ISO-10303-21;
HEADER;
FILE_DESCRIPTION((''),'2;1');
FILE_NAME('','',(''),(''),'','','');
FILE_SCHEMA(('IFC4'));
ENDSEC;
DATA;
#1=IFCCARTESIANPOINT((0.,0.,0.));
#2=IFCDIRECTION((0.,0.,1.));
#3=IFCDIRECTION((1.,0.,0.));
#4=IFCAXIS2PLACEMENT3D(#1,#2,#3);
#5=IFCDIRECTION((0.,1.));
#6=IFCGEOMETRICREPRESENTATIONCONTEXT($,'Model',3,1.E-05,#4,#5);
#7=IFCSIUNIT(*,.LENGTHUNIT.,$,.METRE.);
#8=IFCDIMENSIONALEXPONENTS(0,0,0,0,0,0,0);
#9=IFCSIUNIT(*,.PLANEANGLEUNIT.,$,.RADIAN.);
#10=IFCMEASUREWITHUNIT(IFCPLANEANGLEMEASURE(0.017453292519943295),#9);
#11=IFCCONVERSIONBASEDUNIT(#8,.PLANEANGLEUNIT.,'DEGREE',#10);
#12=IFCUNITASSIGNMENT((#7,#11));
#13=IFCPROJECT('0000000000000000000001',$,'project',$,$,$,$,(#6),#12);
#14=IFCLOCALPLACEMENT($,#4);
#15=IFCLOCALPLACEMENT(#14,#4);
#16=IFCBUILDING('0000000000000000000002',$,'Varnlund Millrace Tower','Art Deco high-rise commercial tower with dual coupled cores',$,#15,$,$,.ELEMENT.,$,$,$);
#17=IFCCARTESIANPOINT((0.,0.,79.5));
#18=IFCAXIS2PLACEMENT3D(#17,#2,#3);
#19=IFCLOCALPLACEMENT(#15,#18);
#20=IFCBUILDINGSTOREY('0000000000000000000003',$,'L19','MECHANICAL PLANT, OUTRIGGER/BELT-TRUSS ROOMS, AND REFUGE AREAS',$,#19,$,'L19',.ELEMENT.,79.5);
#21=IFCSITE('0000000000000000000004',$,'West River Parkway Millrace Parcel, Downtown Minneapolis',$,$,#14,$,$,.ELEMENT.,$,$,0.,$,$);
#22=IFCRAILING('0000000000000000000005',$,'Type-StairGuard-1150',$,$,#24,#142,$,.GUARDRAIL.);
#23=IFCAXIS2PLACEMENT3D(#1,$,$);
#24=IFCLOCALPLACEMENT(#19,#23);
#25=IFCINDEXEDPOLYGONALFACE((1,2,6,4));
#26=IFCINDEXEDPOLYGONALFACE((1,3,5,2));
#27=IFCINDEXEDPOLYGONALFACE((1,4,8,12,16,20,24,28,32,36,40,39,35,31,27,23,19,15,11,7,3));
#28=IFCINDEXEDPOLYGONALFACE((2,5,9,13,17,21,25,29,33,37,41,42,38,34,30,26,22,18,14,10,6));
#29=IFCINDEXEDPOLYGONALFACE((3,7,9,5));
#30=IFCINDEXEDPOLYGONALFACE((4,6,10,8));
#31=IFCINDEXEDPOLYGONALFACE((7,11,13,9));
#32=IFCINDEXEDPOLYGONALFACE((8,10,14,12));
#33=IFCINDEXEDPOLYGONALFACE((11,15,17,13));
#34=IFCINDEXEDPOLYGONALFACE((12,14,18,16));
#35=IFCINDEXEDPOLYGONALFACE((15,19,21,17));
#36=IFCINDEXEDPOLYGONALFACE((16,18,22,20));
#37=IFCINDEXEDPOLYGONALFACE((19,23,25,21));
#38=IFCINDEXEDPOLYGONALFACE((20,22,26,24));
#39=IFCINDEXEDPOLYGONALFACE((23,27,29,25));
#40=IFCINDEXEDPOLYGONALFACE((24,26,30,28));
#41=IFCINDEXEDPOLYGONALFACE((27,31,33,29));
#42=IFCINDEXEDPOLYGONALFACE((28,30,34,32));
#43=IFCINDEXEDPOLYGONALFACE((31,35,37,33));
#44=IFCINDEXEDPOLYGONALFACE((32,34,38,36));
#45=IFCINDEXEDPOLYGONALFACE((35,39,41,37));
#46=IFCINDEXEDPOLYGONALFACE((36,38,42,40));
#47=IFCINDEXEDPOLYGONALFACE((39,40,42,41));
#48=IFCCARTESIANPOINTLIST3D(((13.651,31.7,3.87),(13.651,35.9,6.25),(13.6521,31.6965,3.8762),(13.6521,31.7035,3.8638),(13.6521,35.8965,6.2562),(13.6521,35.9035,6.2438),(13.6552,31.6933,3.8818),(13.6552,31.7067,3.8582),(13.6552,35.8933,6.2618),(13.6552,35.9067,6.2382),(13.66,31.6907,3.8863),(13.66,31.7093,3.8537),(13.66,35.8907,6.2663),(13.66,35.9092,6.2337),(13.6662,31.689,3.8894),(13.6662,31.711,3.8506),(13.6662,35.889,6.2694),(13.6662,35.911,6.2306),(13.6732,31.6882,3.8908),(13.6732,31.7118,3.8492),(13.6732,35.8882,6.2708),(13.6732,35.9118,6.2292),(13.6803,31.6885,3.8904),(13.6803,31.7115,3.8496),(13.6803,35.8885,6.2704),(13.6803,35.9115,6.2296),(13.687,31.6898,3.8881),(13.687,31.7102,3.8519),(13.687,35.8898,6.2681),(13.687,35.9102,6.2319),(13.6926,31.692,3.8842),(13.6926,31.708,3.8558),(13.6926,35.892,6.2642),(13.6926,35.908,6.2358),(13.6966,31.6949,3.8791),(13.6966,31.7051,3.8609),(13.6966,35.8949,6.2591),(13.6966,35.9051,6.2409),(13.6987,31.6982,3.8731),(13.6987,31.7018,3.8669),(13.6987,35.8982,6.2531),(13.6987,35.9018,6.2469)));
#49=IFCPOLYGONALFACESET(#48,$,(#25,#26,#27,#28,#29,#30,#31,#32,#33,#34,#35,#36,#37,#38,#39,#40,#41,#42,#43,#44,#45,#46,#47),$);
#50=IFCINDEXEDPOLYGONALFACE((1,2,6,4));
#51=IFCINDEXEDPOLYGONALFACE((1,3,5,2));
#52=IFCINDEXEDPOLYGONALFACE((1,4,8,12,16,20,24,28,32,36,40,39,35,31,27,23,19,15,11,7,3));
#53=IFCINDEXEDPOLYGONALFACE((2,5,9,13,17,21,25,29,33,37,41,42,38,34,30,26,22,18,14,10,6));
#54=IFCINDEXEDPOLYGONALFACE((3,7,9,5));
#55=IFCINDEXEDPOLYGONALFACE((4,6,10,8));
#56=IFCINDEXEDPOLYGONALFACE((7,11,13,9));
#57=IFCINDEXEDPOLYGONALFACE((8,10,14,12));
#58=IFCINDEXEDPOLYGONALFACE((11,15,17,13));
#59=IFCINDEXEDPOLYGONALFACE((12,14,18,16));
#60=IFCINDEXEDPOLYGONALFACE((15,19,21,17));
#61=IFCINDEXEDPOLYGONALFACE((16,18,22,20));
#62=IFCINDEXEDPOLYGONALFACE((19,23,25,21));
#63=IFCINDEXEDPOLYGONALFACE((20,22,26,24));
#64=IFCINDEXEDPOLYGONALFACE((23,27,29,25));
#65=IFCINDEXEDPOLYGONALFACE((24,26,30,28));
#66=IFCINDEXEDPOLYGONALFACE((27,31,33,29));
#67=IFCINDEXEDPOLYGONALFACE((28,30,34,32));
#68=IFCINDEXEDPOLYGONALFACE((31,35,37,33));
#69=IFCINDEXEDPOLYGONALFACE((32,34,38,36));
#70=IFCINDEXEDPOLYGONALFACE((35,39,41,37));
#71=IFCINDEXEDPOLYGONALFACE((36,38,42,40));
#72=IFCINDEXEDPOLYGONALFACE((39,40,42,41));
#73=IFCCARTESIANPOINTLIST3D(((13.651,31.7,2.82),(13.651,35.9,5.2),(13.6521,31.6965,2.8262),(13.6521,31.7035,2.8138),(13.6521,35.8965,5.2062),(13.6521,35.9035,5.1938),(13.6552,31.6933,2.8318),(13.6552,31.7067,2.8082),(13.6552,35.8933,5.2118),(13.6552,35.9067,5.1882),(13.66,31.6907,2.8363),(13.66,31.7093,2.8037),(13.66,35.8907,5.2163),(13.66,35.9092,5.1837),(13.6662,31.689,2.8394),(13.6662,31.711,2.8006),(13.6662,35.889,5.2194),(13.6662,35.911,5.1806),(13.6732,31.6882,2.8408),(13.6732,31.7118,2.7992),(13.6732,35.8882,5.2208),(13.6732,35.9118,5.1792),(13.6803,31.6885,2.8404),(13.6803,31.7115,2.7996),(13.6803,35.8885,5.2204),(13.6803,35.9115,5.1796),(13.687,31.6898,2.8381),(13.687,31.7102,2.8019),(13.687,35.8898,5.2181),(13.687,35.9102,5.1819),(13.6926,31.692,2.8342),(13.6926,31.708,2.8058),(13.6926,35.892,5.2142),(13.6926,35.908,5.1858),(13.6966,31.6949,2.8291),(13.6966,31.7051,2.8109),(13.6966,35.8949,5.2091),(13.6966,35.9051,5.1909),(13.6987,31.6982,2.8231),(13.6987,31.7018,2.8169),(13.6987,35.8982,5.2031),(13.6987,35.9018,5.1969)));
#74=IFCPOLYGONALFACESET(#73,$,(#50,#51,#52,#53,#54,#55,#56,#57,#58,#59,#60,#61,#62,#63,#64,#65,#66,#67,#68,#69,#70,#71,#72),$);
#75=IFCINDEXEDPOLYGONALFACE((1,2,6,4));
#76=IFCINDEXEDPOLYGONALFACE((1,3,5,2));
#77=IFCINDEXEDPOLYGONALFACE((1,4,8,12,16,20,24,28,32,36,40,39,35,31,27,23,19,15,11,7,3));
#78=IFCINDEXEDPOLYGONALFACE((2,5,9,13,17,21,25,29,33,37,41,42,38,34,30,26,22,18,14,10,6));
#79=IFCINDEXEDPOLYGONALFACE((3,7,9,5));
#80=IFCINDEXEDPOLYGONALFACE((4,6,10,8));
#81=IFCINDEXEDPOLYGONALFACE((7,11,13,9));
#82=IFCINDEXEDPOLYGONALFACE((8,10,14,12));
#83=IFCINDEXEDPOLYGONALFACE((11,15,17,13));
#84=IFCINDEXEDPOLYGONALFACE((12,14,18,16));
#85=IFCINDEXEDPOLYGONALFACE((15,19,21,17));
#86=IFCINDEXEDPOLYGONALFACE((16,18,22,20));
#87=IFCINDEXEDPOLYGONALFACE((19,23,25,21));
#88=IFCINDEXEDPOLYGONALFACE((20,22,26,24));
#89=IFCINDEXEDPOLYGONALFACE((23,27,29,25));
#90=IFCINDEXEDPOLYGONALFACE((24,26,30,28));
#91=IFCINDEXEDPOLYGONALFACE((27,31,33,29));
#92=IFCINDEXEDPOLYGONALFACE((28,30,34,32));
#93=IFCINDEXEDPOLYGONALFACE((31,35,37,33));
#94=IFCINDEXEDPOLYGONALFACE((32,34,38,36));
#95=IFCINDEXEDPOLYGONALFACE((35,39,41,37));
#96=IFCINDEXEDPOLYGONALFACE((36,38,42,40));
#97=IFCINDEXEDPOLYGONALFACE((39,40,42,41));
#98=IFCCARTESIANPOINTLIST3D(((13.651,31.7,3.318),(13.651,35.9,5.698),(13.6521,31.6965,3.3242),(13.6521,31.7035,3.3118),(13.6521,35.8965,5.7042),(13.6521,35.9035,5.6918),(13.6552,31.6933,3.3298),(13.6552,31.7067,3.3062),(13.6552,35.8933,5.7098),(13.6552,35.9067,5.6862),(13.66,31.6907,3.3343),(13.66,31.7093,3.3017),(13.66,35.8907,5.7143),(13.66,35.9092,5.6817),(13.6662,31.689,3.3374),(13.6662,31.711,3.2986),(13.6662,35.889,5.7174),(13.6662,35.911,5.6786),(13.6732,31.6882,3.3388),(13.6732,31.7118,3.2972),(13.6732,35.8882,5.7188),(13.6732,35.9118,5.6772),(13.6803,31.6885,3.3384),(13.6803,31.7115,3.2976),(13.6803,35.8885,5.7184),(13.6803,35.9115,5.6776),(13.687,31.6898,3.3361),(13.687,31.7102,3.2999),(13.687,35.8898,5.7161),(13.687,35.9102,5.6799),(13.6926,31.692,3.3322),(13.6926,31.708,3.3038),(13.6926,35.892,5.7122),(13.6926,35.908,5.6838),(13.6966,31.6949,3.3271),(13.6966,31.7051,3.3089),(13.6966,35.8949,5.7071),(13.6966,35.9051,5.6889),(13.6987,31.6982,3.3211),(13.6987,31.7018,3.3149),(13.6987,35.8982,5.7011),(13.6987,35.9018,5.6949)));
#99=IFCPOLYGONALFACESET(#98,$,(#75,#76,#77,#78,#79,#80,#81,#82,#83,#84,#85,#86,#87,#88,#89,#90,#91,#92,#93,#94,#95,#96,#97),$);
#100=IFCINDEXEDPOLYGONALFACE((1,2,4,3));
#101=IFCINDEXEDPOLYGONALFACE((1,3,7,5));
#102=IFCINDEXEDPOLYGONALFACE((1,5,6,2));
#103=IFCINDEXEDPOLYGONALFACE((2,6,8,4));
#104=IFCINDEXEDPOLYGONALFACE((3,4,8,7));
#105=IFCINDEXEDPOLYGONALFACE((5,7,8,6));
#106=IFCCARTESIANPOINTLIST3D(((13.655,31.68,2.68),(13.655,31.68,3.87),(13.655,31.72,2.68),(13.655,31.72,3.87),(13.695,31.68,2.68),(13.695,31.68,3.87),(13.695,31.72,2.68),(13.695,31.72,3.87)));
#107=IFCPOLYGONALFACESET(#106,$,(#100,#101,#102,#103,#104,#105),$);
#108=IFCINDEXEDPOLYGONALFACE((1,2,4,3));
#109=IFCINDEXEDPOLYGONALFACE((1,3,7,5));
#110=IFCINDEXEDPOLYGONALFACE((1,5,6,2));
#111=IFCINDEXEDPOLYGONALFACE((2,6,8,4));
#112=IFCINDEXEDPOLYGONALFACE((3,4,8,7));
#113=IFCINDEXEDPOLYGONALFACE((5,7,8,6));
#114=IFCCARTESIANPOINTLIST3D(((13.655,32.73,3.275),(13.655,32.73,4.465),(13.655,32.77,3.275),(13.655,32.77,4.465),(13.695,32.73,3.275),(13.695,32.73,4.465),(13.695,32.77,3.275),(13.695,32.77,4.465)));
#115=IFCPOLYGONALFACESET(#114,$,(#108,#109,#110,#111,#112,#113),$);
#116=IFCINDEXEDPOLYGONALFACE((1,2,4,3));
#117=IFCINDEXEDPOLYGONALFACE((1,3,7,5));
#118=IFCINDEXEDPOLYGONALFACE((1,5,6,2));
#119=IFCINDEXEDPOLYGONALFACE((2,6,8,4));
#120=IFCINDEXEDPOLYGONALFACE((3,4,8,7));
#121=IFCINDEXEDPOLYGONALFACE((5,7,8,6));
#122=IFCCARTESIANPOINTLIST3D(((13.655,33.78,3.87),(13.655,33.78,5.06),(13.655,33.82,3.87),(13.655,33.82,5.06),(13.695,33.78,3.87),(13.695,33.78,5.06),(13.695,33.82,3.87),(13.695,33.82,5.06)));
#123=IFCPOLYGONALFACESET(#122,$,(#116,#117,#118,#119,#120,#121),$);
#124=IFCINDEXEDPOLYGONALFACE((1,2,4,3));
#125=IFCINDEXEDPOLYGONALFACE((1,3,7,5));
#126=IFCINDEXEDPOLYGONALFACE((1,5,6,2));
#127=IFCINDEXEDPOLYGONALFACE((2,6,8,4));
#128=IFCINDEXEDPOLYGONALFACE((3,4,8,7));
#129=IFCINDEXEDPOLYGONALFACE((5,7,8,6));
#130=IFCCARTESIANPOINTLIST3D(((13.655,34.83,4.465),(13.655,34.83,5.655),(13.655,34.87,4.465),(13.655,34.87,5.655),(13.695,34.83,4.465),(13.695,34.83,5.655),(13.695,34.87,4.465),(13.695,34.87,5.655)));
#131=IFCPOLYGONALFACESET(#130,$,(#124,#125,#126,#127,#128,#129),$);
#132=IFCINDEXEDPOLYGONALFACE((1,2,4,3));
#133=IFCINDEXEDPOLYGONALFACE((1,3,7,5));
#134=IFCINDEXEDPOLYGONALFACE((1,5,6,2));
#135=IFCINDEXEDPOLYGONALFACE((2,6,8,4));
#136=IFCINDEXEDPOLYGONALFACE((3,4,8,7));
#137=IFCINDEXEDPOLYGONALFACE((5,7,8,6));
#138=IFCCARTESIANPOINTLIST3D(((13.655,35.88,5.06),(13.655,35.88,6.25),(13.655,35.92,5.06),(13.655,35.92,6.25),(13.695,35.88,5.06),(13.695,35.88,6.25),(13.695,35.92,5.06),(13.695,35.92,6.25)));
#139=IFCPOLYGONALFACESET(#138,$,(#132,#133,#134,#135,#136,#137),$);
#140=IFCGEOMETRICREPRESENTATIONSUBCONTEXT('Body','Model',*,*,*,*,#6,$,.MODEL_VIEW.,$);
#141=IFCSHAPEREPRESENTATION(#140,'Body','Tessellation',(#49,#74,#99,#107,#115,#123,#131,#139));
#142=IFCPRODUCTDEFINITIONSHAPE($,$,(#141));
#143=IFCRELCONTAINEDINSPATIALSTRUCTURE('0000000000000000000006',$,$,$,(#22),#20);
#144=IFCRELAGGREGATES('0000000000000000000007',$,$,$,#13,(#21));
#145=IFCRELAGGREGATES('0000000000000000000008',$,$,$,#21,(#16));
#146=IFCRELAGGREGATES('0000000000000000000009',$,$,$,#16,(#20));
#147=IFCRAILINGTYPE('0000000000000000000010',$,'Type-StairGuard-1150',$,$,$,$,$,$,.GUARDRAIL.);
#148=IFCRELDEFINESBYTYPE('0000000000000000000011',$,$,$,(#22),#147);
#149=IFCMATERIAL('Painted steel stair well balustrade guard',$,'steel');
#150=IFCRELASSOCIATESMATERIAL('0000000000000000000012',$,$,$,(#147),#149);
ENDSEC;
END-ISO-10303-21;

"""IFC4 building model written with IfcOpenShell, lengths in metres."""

from ifc_helpers import new_model, entity, si_unit, converted_unit, direction, frame, origin_with_axes, origin_2d_with_axis, place, context, subcontext, project, spatial, rectangle, circle, extrude, material, type_object, element, save


model = new_model("IFC4")

# Units and contexts
model_context = context("Model", 3, precision=1e-05, world=origin_with_axes(), true_north=direction((0.0, 1.0)))
body_context = subcontext(model_context, "Body", "Model", "MODEL_VIEW")
ifc_project = project(units=[si_unit("LENGTHUNIT", "METRE"), converted_unit("PLANEANGLEUNIT", "DEGREE", entity("IfcPlaneAngleMeasure", 0.017453292519943295), si_unit("PLANEANGLEUNIT", "RADIAN"), dimensions=[0, 0, 0, 0, 0, 0, 0])], contexts=[model_context])

# Site, building, storey
site_placement = place(None, origin_with_axes())
site = spatial("IfcSite", under=ifc_project, at=site_placement, Name="West River Parkway Millrace Parcel, Downtown Minneapolis", CompositionType="ELEMENT", RefElevation=0.0)
building_placement = place(site_placement, origin_with_axes())
building = spatial("IfcBuilding", under=site, at=building_placement, Name="Varnlund Millrace Tower", Description="Art Deco high-rise commercial tower with dual coupled cores", CompositionType="ELEMENT")
storey_placement = place(building_placement, frame((0.0, 0.0, 79.5), z_axis=(0.0, 0.0, 1.0), x_axis=(1.0, 0.0, 0.0)))
storey = spatial("IfcBuildingStorey", under=building, at=storey_placement, Name="L19", Description="MECHANICAL PLANT, OUTRIGGER/BELT-TRUSS ROOMS, AND REFUGE AREAS", LongName="L19", CompositionType="ELEMENT", Elevation=79.5)

# Railing
ifc_material_1 = material(Name="Painted steel stair well balustrade guard", Category="steel")
railing_type_1 = type_object("IfcRailingType", Name="Type-StairGuard-1150", PredefinedType="GUARDRAIL", material=ifc_material_1)
railing_1_placement = place(storey_placement, frame((0.0, 0.0, -79.5), z_axis=(0.0, 0.0, 1.0), x_axis=(1.0, 0.0, 0.0)))
element("IfcRailing", 1, at=railing_1_placement, inside=storey, type_object=railing_type_1, Name="Type-StairGuard-1150", PredefinedType="GUARDRAIL", context=body_context, shape_type="SweptSolid", body=[
    extrude(circle(Radius=0.024, at=origin_2d_with_axis()), frame((13.675, 31.7, 83.37), z_axis=(0.0, 0.870022, 0.493013), x_axis=(-1.0, 0.0, 0.0)), (0.0, 0.0, 1.0), 4.8275),
    extrude(circle(Radius=0.024, at=origin_2d_with_axis()), frame((13.675, 31.7, 82.32), z_axis=(0.0, 0.870022, 0.493013), x_axis=(-1.0, 0.0, 0.0)), (0.0, 0.0, 1.0), 4.8275),
    extrude(circle(Radius=0.024, at=origin_2d_with_axis()), frame((13.675, 31.7, 82.818), z_axis=(0.0, 0.870022, 0.493013), x_axis=(-1.0, 0.0, 0.0)), (0.0, 0.0, 1.0), 4.8275),
    extrude(rectangle(XDim=0.04, YDim=0.04, at=origin_2d_with_axis()), frame((13.675, 31.7, 82.18), z_axis=(0.0, 0.0, 1.0), x_axis=(1.0, 0.0, 0.0)), (0.0, 0.0, 1.0), 1.19),
    extrude(rectangle(XDim=0.04, YDim=0.04, at=origin_2d_with_axis()), frame((13.675, 32.75, 82.775), z_axis=(0.0, 0.0, 1.0), x_axis=(1.0, 0.0, 0.0)), (0.0, 0.0, 1.0), 1.19),
    extrude(rectangle(XDim=0.04, YDim=0.04, at=origin_2d_with_axis()), frame((13.675, 33.8, 83.37), z_axis=(0.0, 0.0, 1.0), x_axis=(1.0, 0.0, 0.0)), (0.0, 0.0, 1.0), 1.19),
    extrude(rectangle(XDim=0.04, YDim=0.04, at=origin_2d_with_axis()), frame((13.675, 34.85, 83.965), z_axis=(0.0, 0.0, 1.0), x_axis=(1.0, 0.0, 0.0)), (0.0, 0.0, 1.0), 1.19),
    extrude(rectangle(XDim=0.04, YDim=0.04, at=origin_2d_with_axis()), frame((13.675, 35.9, 84.56), z_axis=(0.0, 0.0, 1.0), x_axis=(1.0, 0.0, 0.0)), (0.0, 0.0, 1.0), 1.19),
])

save(model, "model.ifc")
